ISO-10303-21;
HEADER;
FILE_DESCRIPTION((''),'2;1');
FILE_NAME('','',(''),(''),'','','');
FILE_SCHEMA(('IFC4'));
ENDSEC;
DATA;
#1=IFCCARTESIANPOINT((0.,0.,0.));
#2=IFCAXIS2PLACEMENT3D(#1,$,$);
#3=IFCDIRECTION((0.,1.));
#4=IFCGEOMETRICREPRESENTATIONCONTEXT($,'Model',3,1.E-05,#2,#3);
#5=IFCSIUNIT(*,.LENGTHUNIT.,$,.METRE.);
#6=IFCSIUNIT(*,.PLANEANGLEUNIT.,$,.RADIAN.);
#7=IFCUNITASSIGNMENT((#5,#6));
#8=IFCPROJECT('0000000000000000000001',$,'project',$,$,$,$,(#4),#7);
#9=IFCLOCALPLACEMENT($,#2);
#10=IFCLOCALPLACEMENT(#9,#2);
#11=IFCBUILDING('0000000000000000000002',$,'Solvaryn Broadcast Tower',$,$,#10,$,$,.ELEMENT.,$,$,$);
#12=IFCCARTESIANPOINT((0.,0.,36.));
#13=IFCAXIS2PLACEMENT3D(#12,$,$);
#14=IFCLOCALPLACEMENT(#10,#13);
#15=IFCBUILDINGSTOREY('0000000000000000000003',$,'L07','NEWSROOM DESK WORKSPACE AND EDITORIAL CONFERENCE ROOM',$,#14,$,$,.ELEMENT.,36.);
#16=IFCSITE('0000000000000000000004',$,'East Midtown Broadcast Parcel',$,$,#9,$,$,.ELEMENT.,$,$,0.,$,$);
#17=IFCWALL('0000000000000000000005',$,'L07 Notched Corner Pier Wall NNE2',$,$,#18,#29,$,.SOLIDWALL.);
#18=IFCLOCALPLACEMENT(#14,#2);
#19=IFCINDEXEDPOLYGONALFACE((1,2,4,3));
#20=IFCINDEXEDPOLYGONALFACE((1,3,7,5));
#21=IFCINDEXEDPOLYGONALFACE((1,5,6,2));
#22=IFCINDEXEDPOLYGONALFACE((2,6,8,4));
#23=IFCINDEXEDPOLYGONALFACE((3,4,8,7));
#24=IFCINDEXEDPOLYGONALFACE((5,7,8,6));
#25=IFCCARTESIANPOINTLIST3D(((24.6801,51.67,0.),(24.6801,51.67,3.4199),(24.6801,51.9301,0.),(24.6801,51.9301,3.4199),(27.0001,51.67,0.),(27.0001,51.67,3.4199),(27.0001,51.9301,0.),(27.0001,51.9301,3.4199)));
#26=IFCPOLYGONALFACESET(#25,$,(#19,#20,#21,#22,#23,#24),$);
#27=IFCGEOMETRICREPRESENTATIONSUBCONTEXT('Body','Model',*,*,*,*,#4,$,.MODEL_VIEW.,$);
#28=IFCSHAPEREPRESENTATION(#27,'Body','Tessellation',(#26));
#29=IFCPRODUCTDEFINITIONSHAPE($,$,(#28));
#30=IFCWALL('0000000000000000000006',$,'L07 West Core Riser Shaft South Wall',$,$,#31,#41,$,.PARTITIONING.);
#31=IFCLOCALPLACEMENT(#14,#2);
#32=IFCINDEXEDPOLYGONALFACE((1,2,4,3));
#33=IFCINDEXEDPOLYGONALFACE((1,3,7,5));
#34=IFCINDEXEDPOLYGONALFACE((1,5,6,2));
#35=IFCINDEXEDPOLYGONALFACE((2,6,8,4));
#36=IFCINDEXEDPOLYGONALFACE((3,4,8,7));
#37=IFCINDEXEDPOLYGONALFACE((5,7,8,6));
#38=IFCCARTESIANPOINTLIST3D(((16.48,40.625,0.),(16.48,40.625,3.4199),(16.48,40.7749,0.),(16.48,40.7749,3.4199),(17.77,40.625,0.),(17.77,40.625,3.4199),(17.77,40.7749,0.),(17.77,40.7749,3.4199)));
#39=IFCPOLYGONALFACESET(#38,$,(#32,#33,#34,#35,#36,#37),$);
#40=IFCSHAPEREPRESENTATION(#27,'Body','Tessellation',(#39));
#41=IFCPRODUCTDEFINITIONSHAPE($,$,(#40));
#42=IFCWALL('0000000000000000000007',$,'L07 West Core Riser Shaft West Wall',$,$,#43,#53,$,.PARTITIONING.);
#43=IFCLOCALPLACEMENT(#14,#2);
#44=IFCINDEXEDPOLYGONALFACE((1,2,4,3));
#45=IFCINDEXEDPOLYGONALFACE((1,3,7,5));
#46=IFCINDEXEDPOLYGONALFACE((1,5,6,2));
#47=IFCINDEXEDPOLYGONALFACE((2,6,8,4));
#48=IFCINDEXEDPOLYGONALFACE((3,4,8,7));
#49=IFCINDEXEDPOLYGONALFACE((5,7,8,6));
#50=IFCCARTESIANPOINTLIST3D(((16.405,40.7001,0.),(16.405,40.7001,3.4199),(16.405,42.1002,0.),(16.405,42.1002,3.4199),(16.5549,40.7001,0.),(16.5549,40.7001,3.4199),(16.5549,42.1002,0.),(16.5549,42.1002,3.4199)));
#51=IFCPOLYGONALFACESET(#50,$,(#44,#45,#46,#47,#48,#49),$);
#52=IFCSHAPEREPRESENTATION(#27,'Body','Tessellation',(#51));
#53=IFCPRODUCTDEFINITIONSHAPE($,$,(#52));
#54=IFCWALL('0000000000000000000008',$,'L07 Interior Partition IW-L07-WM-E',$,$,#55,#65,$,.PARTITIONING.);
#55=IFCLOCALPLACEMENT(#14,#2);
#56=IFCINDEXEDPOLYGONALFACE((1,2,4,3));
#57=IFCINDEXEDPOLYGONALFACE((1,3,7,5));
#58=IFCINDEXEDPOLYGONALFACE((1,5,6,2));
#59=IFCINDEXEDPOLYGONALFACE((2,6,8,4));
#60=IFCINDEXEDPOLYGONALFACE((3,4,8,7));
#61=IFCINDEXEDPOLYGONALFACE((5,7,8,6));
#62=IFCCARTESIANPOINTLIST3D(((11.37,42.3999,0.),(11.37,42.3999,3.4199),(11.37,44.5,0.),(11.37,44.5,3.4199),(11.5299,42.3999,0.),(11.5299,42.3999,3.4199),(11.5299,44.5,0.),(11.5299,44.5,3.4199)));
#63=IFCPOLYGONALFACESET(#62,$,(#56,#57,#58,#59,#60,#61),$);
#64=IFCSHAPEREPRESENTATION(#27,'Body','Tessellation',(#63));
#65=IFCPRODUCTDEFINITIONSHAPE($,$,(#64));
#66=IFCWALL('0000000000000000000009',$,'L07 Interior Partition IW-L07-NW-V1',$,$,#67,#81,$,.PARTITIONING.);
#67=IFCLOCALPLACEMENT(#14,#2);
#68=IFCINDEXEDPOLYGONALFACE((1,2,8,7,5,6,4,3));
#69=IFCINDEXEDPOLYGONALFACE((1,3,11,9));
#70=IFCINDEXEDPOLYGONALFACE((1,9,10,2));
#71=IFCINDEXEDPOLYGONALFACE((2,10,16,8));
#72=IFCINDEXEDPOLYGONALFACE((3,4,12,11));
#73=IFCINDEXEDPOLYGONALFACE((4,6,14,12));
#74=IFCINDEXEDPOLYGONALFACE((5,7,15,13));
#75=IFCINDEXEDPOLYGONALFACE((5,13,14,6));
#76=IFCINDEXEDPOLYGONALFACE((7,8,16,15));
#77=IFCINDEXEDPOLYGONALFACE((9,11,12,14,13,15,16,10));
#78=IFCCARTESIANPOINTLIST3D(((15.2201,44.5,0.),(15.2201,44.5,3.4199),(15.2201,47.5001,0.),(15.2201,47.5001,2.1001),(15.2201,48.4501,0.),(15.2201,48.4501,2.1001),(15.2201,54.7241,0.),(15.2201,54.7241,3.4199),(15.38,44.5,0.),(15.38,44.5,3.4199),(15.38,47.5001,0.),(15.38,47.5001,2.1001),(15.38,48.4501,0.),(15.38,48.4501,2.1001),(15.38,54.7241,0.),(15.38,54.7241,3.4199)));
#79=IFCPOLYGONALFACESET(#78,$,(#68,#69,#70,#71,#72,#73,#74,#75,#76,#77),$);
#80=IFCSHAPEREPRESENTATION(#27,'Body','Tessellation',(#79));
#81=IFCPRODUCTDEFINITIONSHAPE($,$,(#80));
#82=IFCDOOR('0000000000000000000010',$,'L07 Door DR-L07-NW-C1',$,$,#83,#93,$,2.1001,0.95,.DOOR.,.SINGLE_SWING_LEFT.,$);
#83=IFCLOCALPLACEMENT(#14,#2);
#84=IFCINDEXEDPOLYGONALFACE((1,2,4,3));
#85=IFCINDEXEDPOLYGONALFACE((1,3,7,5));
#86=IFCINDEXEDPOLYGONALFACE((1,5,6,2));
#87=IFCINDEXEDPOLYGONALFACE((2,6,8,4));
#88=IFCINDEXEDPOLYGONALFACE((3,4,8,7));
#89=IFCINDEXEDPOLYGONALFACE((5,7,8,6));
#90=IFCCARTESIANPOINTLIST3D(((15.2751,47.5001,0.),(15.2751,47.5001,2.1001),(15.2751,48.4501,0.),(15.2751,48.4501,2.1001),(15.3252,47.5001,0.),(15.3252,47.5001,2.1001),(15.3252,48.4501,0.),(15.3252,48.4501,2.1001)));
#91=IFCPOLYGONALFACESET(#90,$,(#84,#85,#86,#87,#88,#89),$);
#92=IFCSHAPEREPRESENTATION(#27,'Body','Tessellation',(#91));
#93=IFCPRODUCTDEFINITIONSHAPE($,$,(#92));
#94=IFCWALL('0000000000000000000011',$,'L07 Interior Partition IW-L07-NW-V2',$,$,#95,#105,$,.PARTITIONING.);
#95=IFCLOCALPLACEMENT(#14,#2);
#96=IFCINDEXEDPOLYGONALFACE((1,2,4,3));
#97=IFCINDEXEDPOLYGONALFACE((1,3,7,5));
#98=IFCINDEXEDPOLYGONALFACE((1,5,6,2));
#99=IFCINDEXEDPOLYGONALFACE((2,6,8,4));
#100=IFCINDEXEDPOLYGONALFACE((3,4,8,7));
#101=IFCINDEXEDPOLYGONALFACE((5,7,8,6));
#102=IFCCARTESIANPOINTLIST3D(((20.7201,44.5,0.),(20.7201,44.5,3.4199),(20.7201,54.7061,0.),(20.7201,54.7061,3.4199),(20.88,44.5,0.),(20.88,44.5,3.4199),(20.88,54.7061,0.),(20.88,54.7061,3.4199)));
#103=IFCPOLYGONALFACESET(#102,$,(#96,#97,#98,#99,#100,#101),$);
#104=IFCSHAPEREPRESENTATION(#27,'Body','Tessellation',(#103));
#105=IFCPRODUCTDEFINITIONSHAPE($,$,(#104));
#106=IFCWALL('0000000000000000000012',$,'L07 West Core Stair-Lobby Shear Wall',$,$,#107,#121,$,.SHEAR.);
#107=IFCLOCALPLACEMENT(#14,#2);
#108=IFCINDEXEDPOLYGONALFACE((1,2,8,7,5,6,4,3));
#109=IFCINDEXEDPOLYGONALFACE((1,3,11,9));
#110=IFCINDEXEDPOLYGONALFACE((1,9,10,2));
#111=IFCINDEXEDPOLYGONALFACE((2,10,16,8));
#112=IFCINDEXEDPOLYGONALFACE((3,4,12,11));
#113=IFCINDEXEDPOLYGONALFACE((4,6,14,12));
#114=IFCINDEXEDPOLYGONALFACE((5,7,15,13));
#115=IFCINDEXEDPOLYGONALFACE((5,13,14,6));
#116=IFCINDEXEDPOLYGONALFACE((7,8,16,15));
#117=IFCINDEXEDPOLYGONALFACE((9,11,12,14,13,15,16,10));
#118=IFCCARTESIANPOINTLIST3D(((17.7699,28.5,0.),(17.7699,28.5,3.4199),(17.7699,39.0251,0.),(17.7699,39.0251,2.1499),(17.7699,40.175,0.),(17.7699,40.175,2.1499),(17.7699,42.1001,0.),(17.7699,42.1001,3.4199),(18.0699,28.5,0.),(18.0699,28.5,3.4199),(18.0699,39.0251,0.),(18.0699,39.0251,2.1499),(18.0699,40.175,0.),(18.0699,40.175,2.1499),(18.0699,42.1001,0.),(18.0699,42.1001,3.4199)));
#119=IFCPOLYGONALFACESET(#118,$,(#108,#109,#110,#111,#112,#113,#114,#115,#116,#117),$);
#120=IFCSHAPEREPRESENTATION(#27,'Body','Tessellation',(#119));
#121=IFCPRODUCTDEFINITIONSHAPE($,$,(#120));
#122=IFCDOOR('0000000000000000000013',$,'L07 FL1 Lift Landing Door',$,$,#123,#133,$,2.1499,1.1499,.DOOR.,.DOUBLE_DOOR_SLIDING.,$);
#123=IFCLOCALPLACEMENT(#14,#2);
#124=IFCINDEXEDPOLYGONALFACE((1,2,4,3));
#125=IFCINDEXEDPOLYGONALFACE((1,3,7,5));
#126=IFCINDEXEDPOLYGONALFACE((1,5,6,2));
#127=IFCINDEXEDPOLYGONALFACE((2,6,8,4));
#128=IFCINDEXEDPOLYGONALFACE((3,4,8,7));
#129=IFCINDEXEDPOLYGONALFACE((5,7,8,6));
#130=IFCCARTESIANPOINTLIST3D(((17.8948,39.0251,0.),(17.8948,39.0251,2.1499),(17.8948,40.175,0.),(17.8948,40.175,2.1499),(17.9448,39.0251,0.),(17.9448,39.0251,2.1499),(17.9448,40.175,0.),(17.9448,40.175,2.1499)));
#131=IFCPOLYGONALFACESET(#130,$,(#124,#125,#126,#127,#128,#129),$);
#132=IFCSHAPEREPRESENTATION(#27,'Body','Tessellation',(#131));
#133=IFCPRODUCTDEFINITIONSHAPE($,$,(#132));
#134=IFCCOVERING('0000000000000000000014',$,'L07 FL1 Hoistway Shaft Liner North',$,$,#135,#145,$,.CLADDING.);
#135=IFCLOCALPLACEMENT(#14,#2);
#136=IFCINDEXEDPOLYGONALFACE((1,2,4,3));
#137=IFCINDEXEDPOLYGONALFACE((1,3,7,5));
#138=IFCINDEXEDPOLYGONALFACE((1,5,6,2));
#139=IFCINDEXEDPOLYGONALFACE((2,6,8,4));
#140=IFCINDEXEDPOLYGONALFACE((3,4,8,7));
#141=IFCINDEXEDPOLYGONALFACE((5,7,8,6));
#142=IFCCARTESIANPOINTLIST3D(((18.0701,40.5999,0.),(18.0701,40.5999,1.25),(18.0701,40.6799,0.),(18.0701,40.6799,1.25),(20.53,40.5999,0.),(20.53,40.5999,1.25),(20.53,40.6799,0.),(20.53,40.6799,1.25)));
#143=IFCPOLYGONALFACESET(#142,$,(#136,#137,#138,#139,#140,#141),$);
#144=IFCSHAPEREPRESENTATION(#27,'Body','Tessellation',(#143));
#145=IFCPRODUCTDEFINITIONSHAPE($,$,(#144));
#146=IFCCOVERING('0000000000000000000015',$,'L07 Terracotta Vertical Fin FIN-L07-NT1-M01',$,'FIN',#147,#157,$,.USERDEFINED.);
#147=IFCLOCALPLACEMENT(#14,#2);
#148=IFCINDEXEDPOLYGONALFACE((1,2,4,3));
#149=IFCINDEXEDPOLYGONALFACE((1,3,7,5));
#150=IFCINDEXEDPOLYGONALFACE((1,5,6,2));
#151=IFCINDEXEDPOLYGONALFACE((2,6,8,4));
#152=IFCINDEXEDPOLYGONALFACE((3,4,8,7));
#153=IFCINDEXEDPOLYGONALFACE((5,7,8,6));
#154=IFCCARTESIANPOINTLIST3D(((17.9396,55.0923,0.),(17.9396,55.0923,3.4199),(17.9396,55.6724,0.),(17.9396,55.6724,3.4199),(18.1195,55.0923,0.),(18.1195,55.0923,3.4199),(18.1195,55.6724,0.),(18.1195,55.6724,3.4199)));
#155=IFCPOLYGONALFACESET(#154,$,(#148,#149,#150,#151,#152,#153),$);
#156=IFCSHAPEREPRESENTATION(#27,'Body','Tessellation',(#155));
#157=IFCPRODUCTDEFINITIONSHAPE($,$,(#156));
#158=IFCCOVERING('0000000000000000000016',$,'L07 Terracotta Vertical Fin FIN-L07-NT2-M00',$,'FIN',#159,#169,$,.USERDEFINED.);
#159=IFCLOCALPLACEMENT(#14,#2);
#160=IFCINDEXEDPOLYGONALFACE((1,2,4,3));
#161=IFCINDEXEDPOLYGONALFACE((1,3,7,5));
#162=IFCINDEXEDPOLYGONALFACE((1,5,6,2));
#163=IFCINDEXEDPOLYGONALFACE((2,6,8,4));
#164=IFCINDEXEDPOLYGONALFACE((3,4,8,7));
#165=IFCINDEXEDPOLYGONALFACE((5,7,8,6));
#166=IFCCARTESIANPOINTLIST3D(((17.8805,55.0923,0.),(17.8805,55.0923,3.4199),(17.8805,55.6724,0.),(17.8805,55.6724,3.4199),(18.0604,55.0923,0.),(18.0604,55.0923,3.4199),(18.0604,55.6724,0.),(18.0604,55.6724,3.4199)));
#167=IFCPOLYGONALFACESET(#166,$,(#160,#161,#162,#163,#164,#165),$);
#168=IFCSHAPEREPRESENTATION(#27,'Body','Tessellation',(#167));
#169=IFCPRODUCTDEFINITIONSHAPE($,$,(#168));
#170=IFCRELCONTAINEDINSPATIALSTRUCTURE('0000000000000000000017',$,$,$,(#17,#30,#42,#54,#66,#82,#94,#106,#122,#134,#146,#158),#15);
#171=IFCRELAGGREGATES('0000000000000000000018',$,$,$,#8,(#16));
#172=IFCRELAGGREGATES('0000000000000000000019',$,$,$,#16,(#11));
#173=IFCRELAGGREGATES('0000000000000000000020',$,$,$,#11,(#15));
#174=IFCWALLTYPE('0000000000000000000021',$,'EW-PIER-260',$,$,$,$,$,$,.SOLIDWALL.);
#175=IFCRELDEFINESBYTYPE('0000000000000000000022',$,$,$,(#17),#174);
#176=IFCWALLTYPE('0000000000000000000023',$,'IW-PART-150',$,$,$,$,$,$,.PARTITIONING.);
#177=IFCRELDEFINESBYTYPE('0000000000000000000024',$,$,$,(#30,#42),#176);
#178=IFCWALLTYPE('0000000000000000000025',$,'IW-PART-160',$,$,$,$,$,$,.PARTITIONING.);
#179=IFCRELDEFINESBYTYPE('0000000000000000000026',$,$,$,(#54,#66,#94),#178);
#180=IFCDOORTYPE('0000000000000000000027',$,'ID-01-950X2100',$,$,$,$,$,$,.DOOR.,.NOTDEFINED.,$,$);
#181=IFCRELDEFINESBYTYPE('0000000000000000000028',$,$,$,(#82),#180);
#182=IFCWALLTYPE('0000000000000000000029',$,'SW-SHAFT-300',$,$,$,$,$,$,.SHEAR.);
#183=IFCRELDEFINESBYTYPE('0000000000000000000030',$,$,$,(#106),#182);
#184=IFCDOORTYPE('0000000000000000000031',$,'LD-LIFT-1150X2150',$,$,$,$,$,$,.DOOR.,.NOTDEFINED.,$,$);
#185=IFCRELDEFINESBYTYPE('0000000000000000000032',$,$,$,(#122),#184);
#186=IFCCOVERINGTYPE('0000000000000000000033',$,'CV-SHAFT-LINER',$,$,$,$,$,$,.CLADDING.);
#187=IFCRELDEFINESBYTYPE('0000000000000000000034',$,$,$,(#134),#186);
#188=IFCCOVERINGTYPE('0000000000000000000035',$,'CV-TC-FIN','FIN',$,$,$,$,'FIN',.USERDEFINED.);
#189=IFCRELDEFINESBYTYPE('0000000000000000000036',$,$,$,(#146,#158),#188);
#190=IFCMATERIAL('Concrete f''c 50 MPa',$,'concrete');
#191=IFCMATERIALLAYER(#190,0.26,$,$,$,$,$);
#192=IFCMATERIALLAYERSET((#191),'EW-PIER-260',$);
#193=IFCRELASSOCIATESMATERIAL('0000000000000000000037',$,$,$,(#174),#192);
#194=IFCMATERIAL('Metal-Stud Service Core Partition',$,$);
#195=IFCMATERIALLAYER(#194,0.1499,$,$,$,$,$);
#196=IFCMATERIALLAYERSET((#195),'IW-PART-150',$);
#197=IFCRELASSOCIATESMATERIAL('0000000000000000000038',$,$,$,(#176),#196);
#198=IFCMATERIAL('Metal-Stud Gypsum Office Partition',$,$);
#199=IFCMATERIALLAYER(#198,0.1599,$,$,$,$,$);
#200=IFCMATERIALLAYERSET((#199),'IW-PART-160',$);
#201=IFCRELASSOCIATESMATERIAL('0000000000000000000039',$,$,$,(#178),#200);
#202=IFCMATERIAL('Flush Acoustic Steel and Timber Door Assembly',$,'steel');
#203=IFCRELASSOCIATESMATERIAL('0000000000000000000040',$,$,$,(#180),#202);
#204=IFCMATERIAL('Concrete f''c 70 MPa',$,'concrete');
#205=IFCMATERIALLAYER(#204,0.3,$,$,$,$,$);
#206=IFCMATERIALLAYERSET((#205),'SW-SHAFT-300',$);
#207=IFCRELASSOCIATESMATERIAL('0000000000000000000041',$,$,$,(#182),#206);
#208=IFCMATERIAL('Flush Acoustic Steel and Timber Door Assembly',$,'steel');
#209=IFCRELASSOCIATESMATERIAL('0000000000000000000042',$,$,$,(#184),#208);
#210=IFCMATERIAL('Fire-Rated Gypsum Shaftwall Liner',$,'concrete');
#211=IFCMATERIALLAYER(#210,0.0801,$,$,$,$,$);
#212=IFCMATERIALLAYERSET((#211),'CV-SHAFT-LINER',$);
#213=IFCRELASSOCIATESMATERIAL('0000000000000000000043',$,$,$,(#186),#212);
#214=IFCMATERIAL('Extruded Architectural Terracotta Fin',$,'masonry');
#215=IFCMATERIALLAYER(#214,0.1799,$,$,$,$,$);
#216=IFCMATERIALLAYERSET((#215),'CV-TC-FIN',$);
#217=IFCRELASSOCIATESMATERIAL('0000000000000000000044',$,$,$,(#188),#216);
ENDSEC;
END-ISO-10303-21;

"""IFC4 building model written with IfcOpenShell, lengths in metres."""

from ifc_helpers import new_model, si_unit, direction, frame, frame_2d, origin, origin_2d, place, context, subcontext, project, spatial, rectangle, extrude, material, layer, layer_set, type_object, element, fill, save


model = new_model("IFC4")

# Units and contexts
model_context = context("Model", 3, precision=1e-05, world=origin(), true_north=direction((0.0, 1.0)))
body_context = subcontext(model_context, "Body", "Model", "MODEL_VIEW")
ifc_project = project(units=[si_unit("LENGTHUNIT", "METRE"), si_unit("PLANEANGLEUNIT", "RADIAN")], contexts=[model_context])

# Site, building, storey
site_placement = place(None, origin())
site = spatial("IfcSite", under=ifc_project, at=site_placement, Name="East Midtown Broadcast Parcel", CompositionType="ELEMENT", RefElevation=0.0)
building_placement = place(site_placement, origin())
building = spatial("IfcBuilding", under=site, at=building_placement, Name="Solvaryn Broadcast Tower", CompositionType="ELEMENT")
storey_placement = place(building_placement, frame((0.0, 0.0, 36.0)))
storey = spatial("IfcBuildingStorey", under=building, at=storey_placement, Name="L07", Description="NEWSROOM DESK WORKSPACE AND EDITORIAL CONFERENCE ROOM", CompositionType="ELEMENT", Elevation=36.0)

# Walls
ifc_material_1 = material(Name="Concrete f'c 50 MPa", Category="concrete")
ifc_layer_1 = layer(ifc_material_1, 0.26)
ifc_layer_set_1 = layer_set([ifc_layer_1], Name="EW-PIER-260")
wall_type_1 = type_object("IfcWallType", Name="EW-PIER-260", PredefinedType="SOLIDWALL", material=ifc_layer_set_1)
wall_1_placement = place(storey_placement, frame((24.6799, 51.8, 0.0), z_axis=(0.0, 0.0, 1.0), x_axis=(1.0, 0.0, 0.0)))
element("IfcWall", 1, at=wall_1_placement, inside=storey, type_object=wall_type_1, Name="L07 Notched Corner Pier Wall NNE2", PredefinedType="SOLIDWALL", context=body_context, shape_type="SweptSolid", body=[
    extrude(rectangle(XDim=2.3201, YDim=0.26, at=frame_2d((1.1602, 0.0))), origin(), (0.0, 0.0, 1.0), 3.4199),
])
ifc_material_2 = material(Name="Metal-Stud Service Core Partition")
ifc_layer_2 = layer(ifc_material_2, 0.1499)
ifc_layer_set_2 = layer_set([ifc_layer_2], Name="IW-PART-150")
wall_type_2 = type_object("IfcWallType", Name="IW-PART-150", PredefinedType="PARTITIONING", material=ifc_layer_set_2)
wall_2_placement = place(storey_placement, frame((16.48, 40.7, 0.0), z_axis=(0.0, 0.0, 1.0), x_axis=(1.0, 0.0, 0.0)))
element("IfcWall", 2, at=wall_2_placement, inside=storey, type_object=wall_type_2, Name="L07 West Core Riser Shaft South Wall", PredefinedType="PARTITIONING", context=body_context, shape_type="SweptSolid", body=[
    extrude(rectangle(XDim=1.29, YDim=0.1499, at=frame_2d((0.645, 0.0))), origin(), (0.0, 0.0, 1.0), 3.4199),
])
wall_3_placement = place(storey_placement, frame((16.48, 40.7, 0.0), z_axis=(0.0, 0.0, 1.0), x_axis=(0.0, 1.0, 0.0)))
element("IfcWall", 3, at=wall_3_placement, inside=storey, type_object=wall_type_2, Name="L07 West Core Riser Shaft West Wall", PredefinedType="PARTITIONING", context=body_context, shape_type="SweptSolid", body=[
    extrude(rectangle(XDim=1.4001, YDim=0.1499, at=frame_2d((0.7002, 0.0))), origin(), (0.0, 0.0, 1.0), 3.4199),
])
ifc_material_3 = material(Name="Metal-Stud Gypsum Office Partition")
ifc_layer_3 = layer(ifc_material_3, 0.1599)
ifc_layer_set_3 = layer_set([ifc_layer_3], Name="IW-PART-160")
wall_type_3 = type_object("IfcWallType", Name="IW-PART-160", PredefinedType="PARTITIONING", material=ifc_layer_set_3)
wall_4_placement = place(storey_placement, frame((11.45, 42.3999, 0.0), z_axis=(0.0, 0.0, 1.0), x_axis=(0.0, 1.0, 0.0)))
element("IfcWall", 4, at=wall_4_placement, inside=storey, type_object=wall_type_3, Name="L07 Interior Partition IW-L07-WM-E", PredefinedType="PARTITIONING", context=body_context, shape_type="SweptSolid", body=[
    extrude(rectangle(XDim=2.1001, YDim=0.1599, at=frame_2d((1.05, 0.0))), origin(), (0.0, 0.0, 1.0), 3.4199),
])

# Wall, opening, door
wall_5_placement = place(storey_placement, frame((15.3, 44.5, 0.0), z_axis=(0.0, 0.0, 1.0), x_axis=(0.0, 1.0, 0.0)))
wall_5 = element("IfcWall", 5, at=wall_5_placement, inside=storey, type_object=wall_type_3, Name="L07 Interior Partition IW-L07-NW-V1", PredefinedType="PARTITIONING", context=body_context, shape_type="SweptSolid", body=[
    extrude(rectangle(XDim=10.2241, YDim=0.1599, at=frame_2d((5.1121, 0.0))), origin(), (0.0, 0.0, 1.0), 3.4199),
])
opening_1_placement = place(wall_5_placement, frame((3.0, 0.0, 0.0)))
opening_1 = element("IfcOpeningElement", 6, at=opening_1_placement, cuts=wall_5, PredefinedType="OPENING", context=body_context, shape_type="SweptSolid", body=[
    extrude(rectangle(XDim=0.95, YDim=2.1001, at=frame_2d((0.4751, 1.05))), frame((0.0, 0.0901, 0.0), z_axis=(0.0, -1.0, 0.0), x_axis=(1.0, 0.0, 0.0)), (0.0, 0.0, 1.0), 0.1799),
])
ifc_material_4 = material(Name="Flush Acoustic Steel and Timber Door Assembly", Category="steel")
door_type_1 = type_object("IfcDoorType", Name="ID-01-950X2100", OperationType="NOTDEFINED", PredefinedType="DOOR", material=ifc_material_4)
door_1_placement = place(opening_1_placement, origin())
door_1 = element("IfcDoor", 7, at=door_1_placement, inside=storey, type_object=door_type_1, Name="L07 Door DR-L07-NW-C1", OperationType="SINGLE_SWING_LEFT", OverallHeight=2.1001, OverallWidth=0.95, PredefinedType="DOOR", context=body_context, shape_type="SweptSolid", body=[
    extrude(rectangle(XDim=0.95, YDim=2.1001, at=frame_2d((0.4751, 1.05))), frame((0.0, 0.0249, 0.0), z_axis=(0.0, -1.0, 0.0), x_axis=(1.0, 0.0, 0.0)), (0.0, 0.0, 1.0), 0.05),
])
fill(opening_1, door_1)

# Wall
wall_6_placement = place(storey_placement, frame((20.8, 44.5, 0.0), z_axis=(0.0, 0.0, 1.0), x_axis=(0.0, 1.0, 0.0)))
element("IfcWall", 8, at=wall_6_placement, inside=storey, type_object=wall_type_3, Name="L07 Interior Partition IW-L07-NW-V2", PredefinedType="PARTITIONING", context=body_context, shape_type="SweptSolid", body=[
    extrude(rectangle(XDim=10.2061, YDim=0.1599, at=frame_2d((5.103, 0.0))), origin(), (0.0, 0.0, 1.0), 3.4199),
])

# Wall, opening, door
ifc_material_5 = material(Name="Concrete f'c 70 MPa", Category="concrete")
ifc_layer_4 = layer(ifc_material_5, 0.3)
ifc_layer_set_4 = layer_set([ifc_layer_4], Name="SW-SHAFT-300")
wall_type_4 = type_object("IfcWallType", Name="SW-SHAFT-300", PredefinedType="SHEAR", material=ifc_layer_set_4)
wall_7_placement = place(storey_placement, frame((17.9199, 42.1001, 0.0), z_axis=(0.0, 0.0, 1.0), x_axis=(0.0, -1.0, 0.0)))
wall_7 = element("IfcWall", 9, at=wall_7_placement, inside=storey, type_object=wall_type_4, Name="L07 West Core Stair-Lobby Shear Wall", PredefinedType="SHEAR", context=body_context, shape_type="SweptSolid", body=[
    extrude(rectangle(XDim=13.6001, YDim=0.3, at=frame_2d((6.8, 0.0))), origin(), (0.0, 0.0, 1.0), 3.4199),
])
opening_2_placement = place(wall_7_placement, frame((1.925, 0.0, 0.0)))
opening_2 = element("IfcOpeningElement", 10, at=opening_2_placement, cuts=wall_7, PredefinedType="OPENING", context=body_context, shape_type="SweptSolid", body=[
    extrude(rectangle(XDim=1.1499, YDim=2.1499, at=frame_2d((0.575, 1.075))), frame((0.0, 0.1599, 0.0), z_axis=(0.0, -1.0, 0.0), x_axis=(1.0, 0.0, 0.0)), (0.0, 0.0, 1.0), 0.3201),
])
ifc_material_6 = material(Name="Flush Acoustic Steel and Timber Door Assembly", Category="steel")
door_type_2 = type_object("IfcDoorType", Name="LD-LIFT-1150X2150", OperationType="NOTDEFINED", PredefinedType="DOOR", material=ifc_material_6)
door_2_placement = place(opening_2_placement, origin())
door_2 = element("IfcDoor", 11, at=door_2_placement, inside=storey, type_object=door_type_2, Name="L07 FL1 Lift Landing Door", OperationType="DOUBLE_DOOR_SLIDING", OverallHeight=2.1499, OverallWidth=1.1499, PredefinedType="DOOR", context=body_context, shape_type="SweptSolid", body=[
    extrude(rectangle(XDim=1.1499, YDim=2.1499, at=frame_2d((0.575, 1.075))), frame((0.0, 0.0249, 0.0), z_axis=(0.0, -1.0, 0.0), x_axis=(1.0, 0.0, 0.0)), (0.0, 0.0, 1.0), 0.05),
])
fill(opening_2, door_2)

# Coverings
ifc_material_7 = material(Name="Fire-Rated Gypsum Shaftwall Liner", Category="concrete")
ifc_layer_5 = layer(ifc_material_7, 0.0801)
ifc_layer_set_5 = layer_set([ifc_layer_5], Name="CV-SHAFT-LINER")
covering_type_1 = type_object("IfcCoveringType", Name="CV-SHAFT-LINER", PredefinedType="CLADDING", material=ifc_layer_set_5)
covering_placement = place(storey_placement, frame((19.3, 40.6399, 0.0), z_axis=(0.0, 0.0, 1.0), x_axis=(1.0, 0.0, 0.0)))
element("IfcCovering", 12, at=covering_placement, inside=storey, type_object=covering_type_1, Name="L07 FL1 Hoistway Shaft Liner North", PredefinedType="CLADDING", context=body_context, shape_type="SweptSolid", body=[
    extrude(rectangle(XDim=2.46, YDim=0.0801, at=origin_2d()), origin(), (0.0, 0.0, 1.0), 1.25),
])
ifc_material_8 = material(Name="Extruded Architectural Terracotta Fin", Category="masonry")
ifc_layer_6 = layer(ifc_material_8, 0.1799)
ifc_layer_set_6 = layer_set([ifc_layer_6], Name="CV-TC-FIN")
covering_type_2 = type_object("IfcCoveringType", Name="CV-TC-FIN", Description="FIN", ElementType="FIN", PredefinedType="USERDEFINED", material=ifc_layer_set_6)
for number, where, z_axis, x_axis, name in (
    (13, (18.0295, 55.3823, 0.0), (0.0, 0.0, 1.0), (1.0, 0.0, 0.0), "L07 Terracotta Vertical Fin FIN-L07-NT1-M01"),
    (14, (17.9705, 55.3823, 0.0), (0.0, 0.0, 1.0), (1.0, 0.0, 0.0), "L07 Terracotta Vertical Fin FIN-L07-NT2-M00"),
):
    element("IfcCovering", number, at=place(storey_placement, frame(where, z_axis=z_axis, x_axis=x_axis)), inside=storey, type_object=covering_type_2, Name=name, ObjectType="FIN", PredefinedType="USERDEFINED", context=body_context, shape_type="SweptSolid", body=[
        extrude(rectangle(XDim=0.1799, YDim=0.5801, at=origin_2d()), origin(), (0.0, 0.0, 1.0), 3.4199),
    ])

save(model, "model.ifc")
